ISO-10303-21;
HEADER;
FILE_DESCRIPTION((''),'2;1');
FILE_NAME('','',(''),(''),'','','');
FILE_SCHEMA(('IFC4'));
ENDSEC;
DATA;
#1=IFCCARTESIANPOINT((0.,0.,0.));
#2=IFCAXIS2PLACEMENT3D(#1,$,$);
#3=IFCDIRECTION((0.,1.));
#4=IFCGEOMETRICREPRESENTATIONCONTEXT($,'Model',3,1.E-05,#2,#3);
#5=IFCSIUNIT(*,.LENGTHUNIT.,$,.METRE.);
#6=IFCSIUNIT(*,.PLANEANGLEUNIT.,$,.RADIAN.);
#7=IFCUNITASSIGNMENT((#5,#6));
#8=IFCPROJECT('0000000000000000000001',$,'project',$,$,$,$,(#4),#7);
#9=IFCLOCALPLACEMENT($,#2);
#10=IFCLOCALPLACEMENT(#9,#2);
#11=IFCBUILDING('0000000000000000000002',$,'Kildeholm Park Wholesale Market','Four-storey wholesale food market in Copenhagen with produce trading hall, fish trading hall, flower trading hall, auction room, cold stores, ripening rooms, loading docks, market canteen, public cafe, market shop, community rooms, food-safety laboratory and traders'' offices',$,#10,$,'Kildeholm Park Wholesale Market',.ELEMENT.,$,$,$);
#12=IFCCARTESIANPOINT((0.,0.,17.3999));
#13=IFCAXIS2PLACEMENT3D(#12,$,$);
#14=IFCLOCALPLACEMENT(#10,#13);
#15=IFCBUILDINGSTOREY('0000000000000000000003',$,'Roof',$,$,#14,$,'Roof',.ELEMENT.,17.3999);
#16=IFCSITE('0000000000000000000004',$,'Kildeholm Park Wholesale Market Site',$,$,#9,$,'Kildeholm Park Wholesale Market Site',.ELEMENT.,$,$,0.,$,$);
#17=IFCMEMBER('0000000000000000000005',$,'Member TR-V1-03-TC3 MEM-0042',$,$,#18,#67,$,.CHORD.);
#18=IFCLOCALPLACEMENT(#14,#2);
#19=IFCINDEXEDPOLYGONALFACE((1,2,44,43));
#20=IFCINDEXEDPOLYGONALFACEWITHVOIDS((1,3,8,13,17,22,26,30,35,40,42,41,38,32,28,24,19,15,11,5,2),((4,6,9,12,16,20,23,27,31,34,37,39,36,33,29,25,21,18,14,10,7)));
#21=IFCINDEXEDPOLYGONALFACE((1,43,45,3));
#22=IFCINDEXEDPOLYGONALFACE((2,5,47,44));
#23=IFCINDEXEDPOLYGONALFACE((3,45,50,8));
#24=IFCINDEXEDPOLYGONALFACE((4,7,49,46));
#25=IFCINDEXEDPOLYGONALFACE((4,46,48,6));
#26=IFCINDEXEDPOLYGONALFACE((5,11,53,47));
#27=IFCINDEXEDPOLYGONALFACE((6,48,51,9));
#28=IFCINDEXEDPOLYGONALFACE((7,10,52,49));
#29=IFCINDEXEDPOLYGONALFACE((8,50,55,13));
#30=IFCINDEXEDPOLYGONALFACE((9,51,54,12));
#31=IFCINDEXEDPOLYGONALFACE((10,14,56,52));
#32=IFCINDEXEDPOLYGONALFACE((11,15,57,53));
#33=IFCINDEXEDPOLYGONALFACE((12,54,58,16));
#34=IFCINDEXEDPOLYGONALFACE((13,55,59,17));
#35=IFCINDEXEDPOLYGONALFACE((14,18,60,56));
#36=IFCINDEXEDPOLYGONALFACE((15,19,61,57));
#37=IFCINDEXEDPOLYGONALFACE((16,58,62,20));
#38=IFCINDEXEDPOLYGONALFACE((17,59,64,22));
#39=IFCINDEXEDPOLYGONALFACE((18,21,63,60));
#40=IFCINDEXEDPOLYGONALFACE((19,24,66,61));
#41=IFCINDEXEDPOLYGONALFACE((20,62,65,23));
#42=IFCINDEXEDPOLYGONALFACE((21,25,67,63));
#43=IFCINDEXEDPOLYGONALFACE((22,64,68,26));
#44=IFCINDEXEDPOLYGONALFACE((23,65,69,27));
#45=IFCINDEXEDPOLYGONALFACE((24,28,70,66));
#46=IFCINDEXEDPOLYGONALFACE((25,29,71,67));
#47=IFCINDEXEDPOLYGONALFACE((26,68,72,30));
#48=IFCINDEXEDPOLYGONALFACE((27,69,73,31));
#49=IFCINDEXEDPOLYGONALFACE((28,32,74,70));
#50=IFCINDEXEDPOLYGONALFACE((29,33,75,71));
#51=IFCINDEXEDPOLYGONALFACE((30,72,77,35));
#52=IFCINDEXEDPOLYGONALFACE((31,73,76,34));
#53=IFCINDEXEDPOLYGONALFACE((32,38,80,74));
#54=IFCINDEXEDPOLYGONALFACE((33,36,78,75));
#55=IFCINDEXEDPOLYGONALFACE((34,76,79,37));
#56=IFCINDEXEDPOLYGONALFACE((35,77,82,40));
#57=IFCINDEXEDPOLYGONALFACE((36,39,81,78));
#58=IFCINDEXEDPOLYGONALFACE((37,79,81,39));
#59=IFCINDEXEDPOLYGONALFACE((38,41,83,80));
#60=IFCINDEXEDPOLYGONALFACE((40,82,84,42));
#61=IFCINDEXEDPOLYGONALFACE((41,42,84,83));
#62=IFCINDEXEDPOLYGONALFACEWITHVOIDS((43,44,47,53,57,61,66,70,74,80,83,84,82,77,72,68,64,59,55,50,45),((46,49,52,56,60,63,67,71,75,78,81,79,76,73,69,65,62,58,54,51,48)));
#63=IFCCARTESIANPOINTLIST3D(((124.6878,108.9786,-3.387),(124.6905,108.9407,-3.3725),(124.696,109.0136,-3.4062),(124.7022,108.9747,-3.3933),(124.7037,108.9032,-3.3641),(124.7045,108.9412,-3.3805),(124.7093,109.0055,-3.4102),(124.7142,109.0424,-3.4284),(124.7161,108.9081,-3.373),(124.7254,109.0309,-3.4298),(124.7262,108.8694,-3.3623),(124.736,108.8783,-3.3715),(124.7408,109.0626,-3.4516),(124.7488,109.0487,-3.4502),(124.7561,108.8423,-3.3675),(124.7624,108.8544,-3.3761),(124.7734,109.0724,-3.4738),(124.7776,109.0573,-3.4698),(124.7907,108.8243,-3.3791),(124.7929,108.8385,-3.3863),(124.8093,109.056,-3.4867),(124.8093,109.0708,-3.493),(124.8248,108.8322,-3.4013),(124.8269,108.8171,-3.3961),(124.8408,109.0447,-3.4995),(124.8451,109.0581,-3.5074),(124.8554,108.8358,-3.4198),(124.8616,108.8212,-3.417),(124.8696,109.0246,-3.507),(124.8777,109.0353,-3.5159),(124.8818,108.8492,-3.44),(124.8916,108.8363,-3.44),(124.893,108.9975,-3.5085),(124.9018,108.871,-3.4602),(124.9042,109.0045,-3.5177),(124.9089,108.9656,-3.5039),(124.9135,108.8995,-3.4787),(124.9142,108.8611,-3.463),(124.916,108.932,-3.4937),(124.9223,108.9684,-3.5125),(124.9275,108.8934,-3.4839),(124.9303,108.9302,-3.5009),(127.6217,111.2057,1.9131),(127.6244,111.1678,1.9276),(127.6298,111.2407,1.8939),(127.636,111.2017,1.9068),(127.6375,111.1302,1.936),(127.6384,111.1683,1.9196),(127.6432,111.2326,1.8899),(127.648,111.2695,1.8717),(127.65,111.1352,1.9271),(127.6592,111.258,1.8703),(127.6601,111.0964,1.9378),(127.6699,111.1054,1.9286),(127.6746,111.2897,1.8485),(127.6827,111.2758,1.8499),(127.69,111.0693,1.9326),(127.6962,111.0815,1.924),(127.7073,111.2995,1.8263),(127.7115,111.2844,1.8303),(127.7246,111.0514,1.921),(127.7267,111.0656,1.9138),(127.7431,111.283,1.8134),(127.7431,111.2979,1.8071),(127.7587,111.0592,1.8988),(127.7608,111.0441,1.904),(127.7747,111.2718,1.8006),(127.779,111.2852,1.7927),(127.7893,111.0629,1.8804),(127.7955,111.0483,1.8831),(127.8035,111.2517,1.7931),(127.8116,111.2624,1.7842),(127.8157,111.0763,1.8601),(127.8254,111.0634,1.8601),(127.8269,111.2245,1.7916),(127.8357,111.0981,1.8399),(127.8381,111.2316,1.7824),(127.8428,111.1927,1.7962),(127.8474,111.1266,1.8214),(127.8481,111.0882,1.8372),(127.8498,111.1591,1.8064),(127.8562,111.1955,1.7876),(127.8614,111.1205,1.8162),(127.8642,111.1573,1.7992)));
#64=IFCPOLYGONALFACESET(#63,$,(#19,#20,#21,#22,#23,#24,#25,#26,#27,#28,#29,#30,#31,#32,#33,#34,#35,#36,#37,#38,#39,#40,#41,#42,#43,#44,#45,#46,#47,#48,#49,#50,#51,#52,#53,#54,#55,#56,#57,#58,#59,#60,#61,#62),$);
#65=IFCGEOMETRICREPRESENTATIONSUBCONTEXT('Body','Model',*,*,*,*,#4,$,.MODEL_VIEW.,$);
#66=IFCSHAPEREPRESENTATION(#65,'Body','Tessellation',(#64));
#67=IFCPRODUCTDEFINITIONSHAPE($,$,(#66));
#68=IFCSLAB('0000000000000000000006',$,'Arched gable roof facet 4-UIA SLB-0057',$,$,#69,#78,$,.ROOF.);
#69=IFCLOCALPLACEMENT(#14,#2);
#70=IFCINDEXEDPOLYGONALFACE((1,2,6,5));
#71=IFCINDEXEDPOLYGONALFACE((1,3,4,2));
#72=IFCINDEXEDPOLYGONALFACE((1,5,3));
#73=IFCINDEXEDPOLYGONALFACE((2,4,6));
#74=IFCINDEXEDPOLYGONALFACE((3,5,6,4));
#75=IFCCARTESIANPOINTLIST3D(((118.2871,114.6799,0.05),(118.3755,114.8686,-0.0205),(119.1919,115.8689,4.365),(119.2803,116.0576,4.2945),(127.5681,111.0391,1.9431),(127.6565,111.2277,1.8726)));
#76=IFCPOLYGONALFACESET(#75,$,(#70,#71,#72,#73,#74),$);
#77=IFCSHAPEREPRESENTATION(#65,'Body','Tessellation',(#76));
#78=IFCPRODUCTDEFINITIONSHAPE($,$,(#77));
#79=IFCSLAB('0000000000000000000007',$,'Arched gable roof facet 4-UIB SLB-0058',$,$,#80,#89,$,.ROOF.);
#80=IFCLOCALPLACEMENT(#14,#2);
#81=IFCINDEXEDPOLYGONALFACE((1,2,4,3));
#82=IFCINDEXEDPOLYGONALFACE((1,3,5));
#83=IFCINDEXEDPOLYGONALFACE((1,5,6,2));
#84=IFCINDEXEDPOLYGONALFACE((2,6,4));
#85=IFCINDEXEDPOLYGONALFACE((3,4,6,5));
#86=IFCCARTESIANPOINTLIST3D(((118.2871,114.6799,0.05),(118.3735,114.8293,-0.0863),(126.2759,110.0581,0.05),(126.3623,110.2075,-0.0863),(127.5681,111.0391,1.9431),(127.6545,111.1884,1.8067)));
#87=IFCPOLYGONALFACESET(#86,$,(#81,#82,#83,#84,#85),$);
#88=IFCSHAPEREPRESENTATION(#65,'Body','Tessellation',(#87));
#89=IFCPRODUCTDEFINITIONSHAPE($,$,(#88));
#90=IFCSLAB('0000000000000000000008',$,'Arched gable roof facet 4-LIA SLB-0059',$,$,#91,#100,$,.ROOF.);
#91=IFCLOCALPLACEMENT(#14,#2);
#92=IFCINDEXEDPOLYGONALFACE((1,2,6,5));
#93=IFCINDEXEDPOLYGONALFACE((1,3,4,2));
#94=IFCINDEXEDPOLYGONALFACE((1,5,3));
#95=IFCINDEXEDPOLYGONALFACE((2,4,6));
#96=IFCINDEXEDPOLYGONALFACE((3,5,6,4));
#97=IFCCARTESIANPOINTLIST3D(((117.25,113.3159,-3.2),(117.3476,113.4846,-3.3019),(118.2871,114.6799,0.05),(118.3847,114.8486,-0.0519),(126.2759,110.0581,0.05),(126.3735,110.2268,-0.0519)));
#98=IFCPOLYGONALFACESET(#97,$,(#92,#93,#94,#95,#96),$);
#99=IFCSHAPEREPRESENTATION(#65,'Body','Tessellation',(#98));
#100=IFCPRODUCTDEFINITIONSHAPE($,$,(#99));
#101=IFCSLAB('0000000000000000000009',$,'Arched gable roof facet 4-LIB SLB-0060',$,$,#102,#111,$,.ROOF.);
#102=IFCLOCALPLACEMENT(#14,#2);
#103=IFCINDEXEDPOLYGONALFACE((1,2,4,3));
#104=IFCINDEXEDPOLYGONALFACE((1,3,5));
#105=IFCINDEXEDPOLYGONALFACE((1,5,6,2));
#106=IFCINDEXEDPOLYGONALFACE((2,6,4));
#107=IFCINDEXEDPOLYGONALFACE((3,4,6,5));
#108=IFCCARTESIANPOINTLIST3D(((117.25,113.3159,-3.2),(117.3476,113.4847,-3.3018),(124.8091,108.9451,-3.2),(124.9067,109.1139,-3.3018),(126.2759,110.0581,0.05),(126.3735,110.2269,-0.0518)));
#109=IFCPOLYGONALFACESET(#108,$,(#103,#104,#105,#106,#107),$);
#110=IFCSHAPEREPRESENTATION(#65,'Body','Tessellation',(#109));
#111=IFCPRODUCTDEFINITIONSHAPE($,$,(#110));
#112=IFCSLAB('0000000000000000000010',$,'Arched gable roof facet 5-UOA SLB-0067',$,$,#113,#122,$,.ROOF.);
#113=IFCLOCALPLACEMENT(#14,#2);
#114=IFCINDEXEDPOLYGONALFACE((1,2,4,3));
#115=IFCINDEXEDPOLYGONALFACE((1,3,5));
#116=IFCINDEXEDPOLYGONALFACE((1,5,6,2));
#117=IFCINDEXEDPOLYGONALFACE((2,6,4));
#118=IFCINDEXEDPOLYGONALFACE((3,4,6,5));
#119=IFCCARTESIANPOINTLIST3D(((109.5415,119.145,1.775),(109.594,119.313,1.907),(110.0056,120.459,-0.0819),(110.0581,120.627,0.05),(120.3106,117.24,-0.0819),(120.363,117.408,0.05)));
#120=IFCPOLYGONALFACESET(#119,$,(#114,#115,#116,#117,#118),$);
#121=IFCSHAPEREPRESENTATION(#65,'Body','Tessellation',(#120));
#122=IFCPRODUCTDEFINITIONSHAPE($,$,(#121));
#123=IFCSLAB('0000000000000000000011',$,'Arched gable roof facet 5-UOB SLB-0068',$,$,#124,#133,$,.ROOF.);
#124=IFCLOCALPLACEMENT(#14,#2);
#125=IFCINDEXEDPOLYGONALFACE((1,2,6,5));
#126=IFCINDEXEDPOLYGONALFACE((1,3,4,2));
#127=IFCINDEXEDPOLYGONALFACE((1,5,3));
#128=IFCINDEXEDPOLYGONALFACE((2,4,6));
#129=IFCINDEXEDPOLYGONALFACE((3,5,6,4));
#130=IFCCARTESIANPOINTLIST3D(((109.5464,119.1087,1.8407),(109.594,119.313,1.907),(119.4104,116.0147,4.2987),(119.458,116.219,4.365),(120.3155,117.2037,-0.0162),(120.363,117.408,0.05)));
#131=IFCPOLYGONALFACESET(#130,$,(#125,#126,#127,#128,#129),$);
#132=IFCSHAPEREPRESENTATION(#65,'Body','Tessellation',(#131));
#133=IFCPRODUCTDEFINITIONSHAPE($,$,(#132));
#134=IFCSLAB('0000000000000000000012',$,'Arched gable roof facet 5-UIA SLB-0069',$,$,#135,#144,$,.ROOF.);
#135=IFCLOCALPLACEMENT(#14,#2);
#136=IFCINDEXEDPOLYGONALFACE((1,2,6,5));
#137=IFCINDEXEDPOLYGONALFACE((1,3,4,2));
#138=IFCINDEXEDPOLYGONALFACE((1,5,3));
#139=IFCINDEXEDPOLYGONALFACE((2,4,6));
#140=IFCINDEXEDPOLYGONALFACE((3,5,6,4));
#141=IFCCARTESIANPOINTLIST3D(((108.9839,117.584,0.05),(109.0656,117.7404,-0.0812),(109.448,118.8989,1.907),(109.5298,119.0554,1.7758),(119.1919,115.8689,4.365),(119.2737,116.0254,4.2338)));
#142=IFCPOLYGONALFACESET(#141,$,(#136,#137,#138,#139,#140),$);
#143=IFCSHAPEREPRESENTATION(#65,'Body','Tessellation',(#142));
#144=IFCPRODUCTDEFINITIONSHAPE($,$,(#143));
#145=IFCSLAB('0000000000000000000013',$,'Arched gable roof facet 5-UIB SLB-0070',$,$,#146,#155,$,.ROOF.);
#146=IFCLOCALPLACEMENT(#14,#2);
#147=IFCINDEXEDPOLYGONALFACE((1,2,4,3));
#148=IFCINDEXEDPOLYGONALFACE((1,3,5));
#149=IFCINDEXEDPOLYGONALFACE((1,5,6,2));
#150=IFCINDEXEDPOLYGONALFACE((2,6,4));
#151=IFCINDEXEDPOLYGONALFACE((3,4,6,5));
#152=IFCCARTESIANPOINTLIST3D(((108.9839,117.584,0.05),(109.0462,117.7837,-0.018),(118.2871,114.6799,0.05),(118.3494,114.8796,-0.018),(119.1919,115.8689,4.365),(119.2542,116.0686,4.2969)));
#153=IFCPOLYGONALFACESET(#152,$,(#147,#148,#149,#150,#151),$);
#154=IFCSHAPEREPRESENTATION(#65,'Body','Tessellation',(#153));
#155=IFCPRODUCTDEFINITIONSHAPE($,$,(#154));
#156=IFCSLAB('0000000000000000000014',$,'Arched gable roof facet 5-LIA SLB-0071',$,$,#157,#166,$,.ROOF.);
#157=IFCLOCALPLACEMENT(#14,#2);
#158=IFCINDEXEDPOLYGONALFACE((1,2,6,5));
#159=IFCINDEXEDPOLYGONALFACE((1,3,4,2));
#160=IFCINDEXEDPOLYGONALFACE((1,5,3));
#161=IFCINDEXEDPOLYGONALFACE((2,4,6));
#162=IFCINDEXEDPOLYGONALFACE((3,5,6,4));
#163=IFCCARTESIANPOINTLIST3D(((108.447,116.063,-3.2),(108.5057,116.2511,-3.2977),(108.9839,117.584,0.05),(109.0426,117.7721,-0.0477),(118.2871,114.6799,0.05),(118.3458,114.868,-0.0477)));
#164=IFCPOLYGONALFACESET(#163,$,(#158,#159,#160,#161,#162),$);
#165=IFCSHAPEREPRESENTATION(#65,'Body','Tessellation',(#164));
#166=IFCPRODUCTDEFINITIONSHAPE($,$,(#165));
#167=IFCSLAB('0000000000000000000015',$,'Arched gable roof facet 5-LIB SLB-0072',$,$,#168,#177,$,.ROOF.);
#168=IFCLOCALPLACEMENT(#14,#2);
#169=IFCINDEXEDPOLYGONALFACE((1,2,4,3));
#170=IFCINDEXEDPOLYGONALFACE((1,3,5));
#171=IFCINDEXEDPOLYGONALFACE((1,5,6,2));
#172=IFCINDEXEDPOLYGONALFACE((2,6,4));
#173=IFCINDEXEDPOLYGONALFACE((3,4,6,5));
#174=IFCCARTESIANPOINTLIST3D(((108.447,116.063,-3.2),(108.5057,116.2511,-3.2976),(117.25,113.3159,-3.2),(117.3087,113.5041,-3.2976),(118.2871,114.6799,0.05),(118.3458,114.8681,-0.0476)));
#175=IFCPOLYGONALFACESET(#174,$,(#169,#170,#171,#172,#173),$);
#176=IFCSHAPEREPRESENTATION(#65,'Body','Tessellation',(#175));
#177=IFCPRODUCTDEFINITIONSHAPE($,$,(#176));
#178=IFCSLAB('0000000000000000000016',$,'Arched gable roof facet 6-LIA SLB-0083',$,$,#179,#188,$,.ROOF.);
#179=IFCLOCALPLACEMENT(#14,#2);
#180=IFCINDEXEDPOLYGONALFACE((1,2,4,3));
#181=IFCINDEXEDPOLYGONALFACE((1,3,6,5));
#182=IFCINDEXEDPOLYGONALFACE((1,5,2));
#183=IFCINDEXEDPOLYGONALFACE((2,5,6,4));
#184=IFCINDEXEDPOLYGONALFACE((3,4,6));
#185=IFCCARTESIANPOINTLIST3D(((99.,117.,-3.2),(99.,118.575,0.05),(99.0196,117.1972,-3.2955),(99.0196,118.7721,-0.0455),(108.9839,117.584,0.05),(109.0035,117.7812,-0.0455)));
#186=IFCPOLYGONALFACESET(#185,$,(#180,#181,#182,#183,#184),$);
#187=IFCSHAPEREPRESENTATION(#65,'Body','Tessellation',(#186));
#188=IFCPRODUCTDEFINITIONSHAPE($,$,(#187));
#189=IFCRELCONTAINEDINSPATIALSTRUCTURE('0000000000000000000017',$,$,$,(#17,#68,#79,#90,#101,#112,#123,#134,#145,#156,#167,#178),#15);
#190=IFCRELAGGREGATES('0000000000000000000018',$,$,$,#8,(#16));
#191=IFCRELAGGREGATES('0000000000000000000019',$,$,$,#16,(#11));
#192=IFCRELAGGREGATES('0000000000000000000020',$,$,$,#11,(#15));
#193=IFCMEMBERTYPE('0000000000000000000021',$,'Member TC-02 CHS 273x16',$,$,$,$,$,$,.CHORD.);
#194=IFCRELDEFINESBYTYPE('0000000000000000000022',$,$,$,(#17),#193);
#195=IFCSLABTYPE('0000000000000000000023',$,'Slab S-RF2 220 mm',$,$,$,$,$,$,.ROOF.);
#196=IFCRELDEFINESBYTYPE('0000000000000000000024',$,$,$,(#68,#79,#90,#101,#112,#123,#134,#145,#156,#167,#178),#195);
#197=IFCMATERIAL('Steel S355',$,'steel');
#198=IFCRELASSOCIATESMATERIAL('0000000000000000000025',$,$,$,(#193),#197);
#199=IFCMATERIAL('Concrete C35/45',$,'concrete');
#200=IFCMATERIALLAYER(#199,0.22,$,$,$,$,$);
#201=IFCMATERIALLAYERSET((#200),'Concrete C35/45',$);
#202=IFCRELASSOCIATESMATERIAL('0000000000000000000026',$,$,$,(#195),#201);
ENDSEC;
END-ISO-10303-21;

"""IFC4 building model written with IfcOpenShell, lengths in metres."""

from ifc_helpers import new_model, si_unit, direction, frame, origin, origin_2d, place, context, subcontext, project, spatial, polyline, hollow_circle, outline, extrude, material, layer, layer_set, material_profile, profile_set, type_object, element, save


model = new_model("IFC4")

# Units and contexts
model_context = context("Model", 3, precision=1e-05, world=origin(), true_north=direction((0.0, 1.0)))
body_context = subcontext(model_context, "Body", "Model", "MODEL_VIEW")
ifc_project = project(units=[si_unit("LENGTHUNIT", "METRE"), si_unit("PLANEANGLEUNIT", "RADIAN")], contexts=[model_context])

# Site, building, storey
site_placement = place(None, origin())
site = spatial("IfcSite", under=ifc_project, at=site_placement, Name="Kildeholm Park Wholesale Market Site", LongName="Kildeholm Park Wholesale Market Site", CompositionType="ELEMENT", RefElevation=0.0)
building_placement = place(site_placement, origin())
building = spatial("IfcBuilding", under=site, at=building_placement, Name="Kildeholm Park Wholesale Market", Description="Four-storey wholesale food market in Copenhagen with produce trading hall, fish trading hall, flower trading hall, auction room, cold stores, ripening rooms, loading docks, market canteen, public cafe, market shop, community rooms, food-safety laboratory and traders' offices", LongName="Kildeholm Park Wholesale Market", CompositionType="ELEMENT")
storey_placement = place(building_placement, frame((0.0, 0.0, 17.3999)))
storey = spatial("IfcBuildingStorey", under=building, at=storey_placement, Name="Roof", LongName="Roof", CompositionType="ELEMENT", Elevation=17.3999)

# Member
ifc_material_1 = material(Name="Steel S355", Category="steel")
ifc_material_profile_1 = material_profile(ifc_material_1, hollow_circle(Radius=0.1365, WallThickness=0.0161, at=origin_2d()), Name="CHS 273x16")
ifc_profile_set_1 = profile_set([ifc_material_profile_1], Name="Steel S355")
member_type_1 = type_object("IfcMemberType", Name="Member TC-02 CHS 273x16", PredefinedType="CHORD", material=ifc_profile_set_1)
member_1_placement = place(storey_placement, frame((127.7429, 111.1721, 1.8601), z_axis=(-0.454557, -0.34505, -0.821169), x_axis=(0.604624, -0.796511, 0.0)))
element("IfcMember", 1, at=member_1_placement, inside=storey, type_object=member_type_1, Name="Member TR-V1-03-TC3 MEM-0042", PredefinedType="CHORD", context=body_context, shape_type="SweptSolid", body=[
    extrude(hollow_circle(Radius=0.1365, WallThickness=0.0161, at=origin_2d()), origin(), (0.0, 0.0, 1.0), 6.4543),
])

# Slabs
ifc_material_2 = material(Name="Concrete C35/45", Category="concrete")
ifc_layer_1 = layer(ifc_material_2, 0.22)
ifc_layer_set_1 = layer_set([ifc_layer_1], Name="Concrete C35/45")
slab_type = type_object("IfcSlabType", Name="Slab S-RF2 220 mm", PredefinedType="ROOF", material=ifc_layer_set_1)
slab_1_placement = place(storey_placement, frame((127.5681, 111.0391, 1.9431), z_axis=(-0.401877, -0.857731, 0.320613), x_axis=(-0.840341, 0.484551, 0.242974)))
element("IfcSlab", 2, at=slab_1_placement, inside=storey, type_object=slab_type, Name="Arched gable roof facet 4-UIA SLB-0057", PredefinedType="ROOF", context=body_context, shape_type="SweptSolid", body=[
    extrude(outline(polyline([(0.0, 0.0), (9.9676, 0.0), (9.1034, 4.4838), (0.0, 0.0)])), origin(), (0.0, 0.0, -1.0), 0.22),
])
slab_2_placement = place(storey_placement, frame((127.5681, 111.0391, 1.9431), z_axis=(-0.392877, -0.679084, 0.620075), x_axis=(-0.914588, 0.358786, -0.18655)))
element("IfcSlab", 3, at=slab_2_placement, inside=storey, type_object=slab_type, Name="Arched gable roof facet 4-UIB SLB-0058", PredefinedType="ROOF", context=body_context, shape_type="SweptSolid", body=[
    extrude(outline(polyline([(0.0, 0.0), (10.1477, 0.0), (1.1831, 2.1946), (0.0, 0.0)])), origin(), (0.0, 0.0, -1.0), 0.22),
])
slab_3_placement = place(storey_placement, frame((126.2759, 110.0581, 0.05), z_axis=(-0.443733, -0.766986, 0.463501), x_axis=(-0.865579, 0.500772, 0.0)))
element("IfcSlab", 4, at=slab_3_placement, inside=storey, type_object=slab_type, Name="Arched gable roof facet 4-LIA SLB-0059", PredefinedType="ROOF", context=body_context, shape_type="SweptSolid", body=[
    extrude(outline(polyline([(0.0, 0.0), (9.2294, 0.0), (9.444, 3.6678), (0.0, 0.0)])), origin(), (0.0, 0.0, -1.0), 0.22),
])
slab_4_placement = place(storey_placement, frame((126.2759, 110.0581, 0.05), z_axis=(-0.443676, -0.767308, 0.463023), x_axis=(-0.890894, 0.321561, -0.320789)))
element("IfcSlab", 5, at=slab_4_placement, inside=storey, type_object=slab_type, Name="Arched gable roof facet 4-LIB SLB-0060", PredefinedType="ROOF", context=body_context, shape_type="SweptSolid", body=[
    extrude(outline(polyline([(0.0, 0.0), (10.1313, 0.0), (1.9914, 3.1602), (0.0, 0.0)])), origin(), (0.0, 0.0, -1.0), 0.22),
])
slab_5_placement = place(storey_placement, frame((120.363, 117.408, 0.05), z_axis=(0.23854, 0.763635, 0.599967), x_axis=(-0.954514, 0.298166, 0.0)))
element("IfcSlab", 6, at=slab_5_placement, inside=storey, type_object=slab_type, Name="Arched gable roof facet 5-UOA SLB-0067", PredefinedType="ROOF", context=body_context, shape_type="SweptSolid", body=[
    extrude(outline(polyline([(0.0, 0.0), (10.796, 0.0), (10.8472, 2.3211), (0.0, 0.0)])), origin(), (0.0, 0.0, -1.0), 0.22),
])
slab_6_placement = place(storey_placement, frame((120.363, 117.408, 0.05), z_axis=(0.216232, 0.928703, 0.301254), x_axis=(-0.970816, 0.171736, 0.1674)))
element("IfcSlab", 7, at=slab_6_placement, inside=storey, type_object=slab_type, Name="Arched gable roof facet 5-UOB SLB-0068", PredefinedType="ROOF", context=body_context, shape_type="SweptSolid", body=[
    extrude(outline(polyline([(0.0, 0.0), (11.0928, 0.0), (1.3968, 4.3475), (0.0, 0.0)])), origin(), (0.0, 0.0, -1.0), 0.22),
])
slab_7_placement = place(storey_placement, frame((119.1919, 115.8689, 4.365), z_axis=(-0.371684, -0.711295, 0.596582), x_axis=(-0.928342, 0.288684, -0.234185)))
element("IfcSlab", 8, at=slab_7_placement, inside=storey, type_object=slab_type, Name="Arched gable roof facet 5-UIA SLB-0069", PredefinedType="ROOF", context=body_context, shape_type="SweptSolid", body=[
    extrude(outline(polyline([(0.0, 0.0), (10.496, 0.0), (10.9821, 2.2708), (0.0, 0.0)])), origin(), (0.0, 0.0, -1.0), 0.22),
])
slab_8_placement = place(storey_placement, frame((119.1919, 115.8689, 4.365), z_axis=(-0.283342, -0.907696, 0.309525), x_axis=(-0.910256, 0.152936, -0.384767)))
element("IfcSlab", 9, at=slab_8_placement, inside=storey, type_object=slab_type, Name="Arched gable roof facet 5-UIB SLB-0070", PredefinedType="ROOF", context=body_context, shape_type="SweptSolid", body=[
    extrude(outline(polyline([(0.0, 0.0), (11.2144, 0.0), (2.302, 3.9436), (0.0, 0.0)])), origin(), (0.0, 0.0, -1.0), 0.22),
])
slab_9_placement = place(storey_placement, frame((118.2871, 114.6799, 0.05), z_axis=(-0.266947, -0.855173, 0.444317), x_axis=(-0.954574, 0.297975, 0.0)))
element("IfcSlab", 10, at=slab_9_placement, inside=storey, type_object=slab_type, Name="Arched gable roof facet 5-LIA SLB-0071", PredefinedType="ROOF", context=body_context, shape_type="SweptSolid", body=[
    extrude(outline(polyline([(0.0, 0.0), (9.7459, 0.0), (9.8052, 3.6278), (0.0, 0.0)])), origin(), (0.0, 0.0, -1.0), 0.22),
])
slab_10_placement = place(storey_placement, frame((118.2871, 114.6799, 0.05), z_axis=(-0.266901, -0.855284, 0.444131), x_axis=(-0.941204, 0.132289, -0.310862)))
element("IfcSlab", 11, at=slab_10_placement, inside=storey, type_object=slab_type, Name="Arched gable roof facet 5-LIB SLB-0072", PredefinedType="ROOF", context=body_context, shape_type="SweptSolid", body=[
    extrude(outline(polyline([(0.0, 0.0), (10.4548, 0.0), (1.806, 3.1995), (0.0, 0.0)])), origin(), (0.0, 0.0, -1.0), 0.22),
])
slab_11_placement = place(storey_placement, frame((108.9839, 117.584, 0.05), z_axis=(-0.088967, -0.896333, 0.434363), x_axis=(-0.99511, 0.098771, 0.0)))
element("IfcSlab", 12, at=slab_11_placement, inside=storey, type_object=slab_type, Name="Arched gable roof facet 6-LIA SLB-0083", PredefinedType="ROOF", context=body_context, shape_type="SweptSolid", body=[
    extrude(outline(polyline([(0.0, 0.0), (10.0329, 0.0), (9.8774, 3.6082), (0.0, 0.0)])), origin(), (0.0, 0.0, -1.0), 0.22),
])

save(model, "model.ifc")
